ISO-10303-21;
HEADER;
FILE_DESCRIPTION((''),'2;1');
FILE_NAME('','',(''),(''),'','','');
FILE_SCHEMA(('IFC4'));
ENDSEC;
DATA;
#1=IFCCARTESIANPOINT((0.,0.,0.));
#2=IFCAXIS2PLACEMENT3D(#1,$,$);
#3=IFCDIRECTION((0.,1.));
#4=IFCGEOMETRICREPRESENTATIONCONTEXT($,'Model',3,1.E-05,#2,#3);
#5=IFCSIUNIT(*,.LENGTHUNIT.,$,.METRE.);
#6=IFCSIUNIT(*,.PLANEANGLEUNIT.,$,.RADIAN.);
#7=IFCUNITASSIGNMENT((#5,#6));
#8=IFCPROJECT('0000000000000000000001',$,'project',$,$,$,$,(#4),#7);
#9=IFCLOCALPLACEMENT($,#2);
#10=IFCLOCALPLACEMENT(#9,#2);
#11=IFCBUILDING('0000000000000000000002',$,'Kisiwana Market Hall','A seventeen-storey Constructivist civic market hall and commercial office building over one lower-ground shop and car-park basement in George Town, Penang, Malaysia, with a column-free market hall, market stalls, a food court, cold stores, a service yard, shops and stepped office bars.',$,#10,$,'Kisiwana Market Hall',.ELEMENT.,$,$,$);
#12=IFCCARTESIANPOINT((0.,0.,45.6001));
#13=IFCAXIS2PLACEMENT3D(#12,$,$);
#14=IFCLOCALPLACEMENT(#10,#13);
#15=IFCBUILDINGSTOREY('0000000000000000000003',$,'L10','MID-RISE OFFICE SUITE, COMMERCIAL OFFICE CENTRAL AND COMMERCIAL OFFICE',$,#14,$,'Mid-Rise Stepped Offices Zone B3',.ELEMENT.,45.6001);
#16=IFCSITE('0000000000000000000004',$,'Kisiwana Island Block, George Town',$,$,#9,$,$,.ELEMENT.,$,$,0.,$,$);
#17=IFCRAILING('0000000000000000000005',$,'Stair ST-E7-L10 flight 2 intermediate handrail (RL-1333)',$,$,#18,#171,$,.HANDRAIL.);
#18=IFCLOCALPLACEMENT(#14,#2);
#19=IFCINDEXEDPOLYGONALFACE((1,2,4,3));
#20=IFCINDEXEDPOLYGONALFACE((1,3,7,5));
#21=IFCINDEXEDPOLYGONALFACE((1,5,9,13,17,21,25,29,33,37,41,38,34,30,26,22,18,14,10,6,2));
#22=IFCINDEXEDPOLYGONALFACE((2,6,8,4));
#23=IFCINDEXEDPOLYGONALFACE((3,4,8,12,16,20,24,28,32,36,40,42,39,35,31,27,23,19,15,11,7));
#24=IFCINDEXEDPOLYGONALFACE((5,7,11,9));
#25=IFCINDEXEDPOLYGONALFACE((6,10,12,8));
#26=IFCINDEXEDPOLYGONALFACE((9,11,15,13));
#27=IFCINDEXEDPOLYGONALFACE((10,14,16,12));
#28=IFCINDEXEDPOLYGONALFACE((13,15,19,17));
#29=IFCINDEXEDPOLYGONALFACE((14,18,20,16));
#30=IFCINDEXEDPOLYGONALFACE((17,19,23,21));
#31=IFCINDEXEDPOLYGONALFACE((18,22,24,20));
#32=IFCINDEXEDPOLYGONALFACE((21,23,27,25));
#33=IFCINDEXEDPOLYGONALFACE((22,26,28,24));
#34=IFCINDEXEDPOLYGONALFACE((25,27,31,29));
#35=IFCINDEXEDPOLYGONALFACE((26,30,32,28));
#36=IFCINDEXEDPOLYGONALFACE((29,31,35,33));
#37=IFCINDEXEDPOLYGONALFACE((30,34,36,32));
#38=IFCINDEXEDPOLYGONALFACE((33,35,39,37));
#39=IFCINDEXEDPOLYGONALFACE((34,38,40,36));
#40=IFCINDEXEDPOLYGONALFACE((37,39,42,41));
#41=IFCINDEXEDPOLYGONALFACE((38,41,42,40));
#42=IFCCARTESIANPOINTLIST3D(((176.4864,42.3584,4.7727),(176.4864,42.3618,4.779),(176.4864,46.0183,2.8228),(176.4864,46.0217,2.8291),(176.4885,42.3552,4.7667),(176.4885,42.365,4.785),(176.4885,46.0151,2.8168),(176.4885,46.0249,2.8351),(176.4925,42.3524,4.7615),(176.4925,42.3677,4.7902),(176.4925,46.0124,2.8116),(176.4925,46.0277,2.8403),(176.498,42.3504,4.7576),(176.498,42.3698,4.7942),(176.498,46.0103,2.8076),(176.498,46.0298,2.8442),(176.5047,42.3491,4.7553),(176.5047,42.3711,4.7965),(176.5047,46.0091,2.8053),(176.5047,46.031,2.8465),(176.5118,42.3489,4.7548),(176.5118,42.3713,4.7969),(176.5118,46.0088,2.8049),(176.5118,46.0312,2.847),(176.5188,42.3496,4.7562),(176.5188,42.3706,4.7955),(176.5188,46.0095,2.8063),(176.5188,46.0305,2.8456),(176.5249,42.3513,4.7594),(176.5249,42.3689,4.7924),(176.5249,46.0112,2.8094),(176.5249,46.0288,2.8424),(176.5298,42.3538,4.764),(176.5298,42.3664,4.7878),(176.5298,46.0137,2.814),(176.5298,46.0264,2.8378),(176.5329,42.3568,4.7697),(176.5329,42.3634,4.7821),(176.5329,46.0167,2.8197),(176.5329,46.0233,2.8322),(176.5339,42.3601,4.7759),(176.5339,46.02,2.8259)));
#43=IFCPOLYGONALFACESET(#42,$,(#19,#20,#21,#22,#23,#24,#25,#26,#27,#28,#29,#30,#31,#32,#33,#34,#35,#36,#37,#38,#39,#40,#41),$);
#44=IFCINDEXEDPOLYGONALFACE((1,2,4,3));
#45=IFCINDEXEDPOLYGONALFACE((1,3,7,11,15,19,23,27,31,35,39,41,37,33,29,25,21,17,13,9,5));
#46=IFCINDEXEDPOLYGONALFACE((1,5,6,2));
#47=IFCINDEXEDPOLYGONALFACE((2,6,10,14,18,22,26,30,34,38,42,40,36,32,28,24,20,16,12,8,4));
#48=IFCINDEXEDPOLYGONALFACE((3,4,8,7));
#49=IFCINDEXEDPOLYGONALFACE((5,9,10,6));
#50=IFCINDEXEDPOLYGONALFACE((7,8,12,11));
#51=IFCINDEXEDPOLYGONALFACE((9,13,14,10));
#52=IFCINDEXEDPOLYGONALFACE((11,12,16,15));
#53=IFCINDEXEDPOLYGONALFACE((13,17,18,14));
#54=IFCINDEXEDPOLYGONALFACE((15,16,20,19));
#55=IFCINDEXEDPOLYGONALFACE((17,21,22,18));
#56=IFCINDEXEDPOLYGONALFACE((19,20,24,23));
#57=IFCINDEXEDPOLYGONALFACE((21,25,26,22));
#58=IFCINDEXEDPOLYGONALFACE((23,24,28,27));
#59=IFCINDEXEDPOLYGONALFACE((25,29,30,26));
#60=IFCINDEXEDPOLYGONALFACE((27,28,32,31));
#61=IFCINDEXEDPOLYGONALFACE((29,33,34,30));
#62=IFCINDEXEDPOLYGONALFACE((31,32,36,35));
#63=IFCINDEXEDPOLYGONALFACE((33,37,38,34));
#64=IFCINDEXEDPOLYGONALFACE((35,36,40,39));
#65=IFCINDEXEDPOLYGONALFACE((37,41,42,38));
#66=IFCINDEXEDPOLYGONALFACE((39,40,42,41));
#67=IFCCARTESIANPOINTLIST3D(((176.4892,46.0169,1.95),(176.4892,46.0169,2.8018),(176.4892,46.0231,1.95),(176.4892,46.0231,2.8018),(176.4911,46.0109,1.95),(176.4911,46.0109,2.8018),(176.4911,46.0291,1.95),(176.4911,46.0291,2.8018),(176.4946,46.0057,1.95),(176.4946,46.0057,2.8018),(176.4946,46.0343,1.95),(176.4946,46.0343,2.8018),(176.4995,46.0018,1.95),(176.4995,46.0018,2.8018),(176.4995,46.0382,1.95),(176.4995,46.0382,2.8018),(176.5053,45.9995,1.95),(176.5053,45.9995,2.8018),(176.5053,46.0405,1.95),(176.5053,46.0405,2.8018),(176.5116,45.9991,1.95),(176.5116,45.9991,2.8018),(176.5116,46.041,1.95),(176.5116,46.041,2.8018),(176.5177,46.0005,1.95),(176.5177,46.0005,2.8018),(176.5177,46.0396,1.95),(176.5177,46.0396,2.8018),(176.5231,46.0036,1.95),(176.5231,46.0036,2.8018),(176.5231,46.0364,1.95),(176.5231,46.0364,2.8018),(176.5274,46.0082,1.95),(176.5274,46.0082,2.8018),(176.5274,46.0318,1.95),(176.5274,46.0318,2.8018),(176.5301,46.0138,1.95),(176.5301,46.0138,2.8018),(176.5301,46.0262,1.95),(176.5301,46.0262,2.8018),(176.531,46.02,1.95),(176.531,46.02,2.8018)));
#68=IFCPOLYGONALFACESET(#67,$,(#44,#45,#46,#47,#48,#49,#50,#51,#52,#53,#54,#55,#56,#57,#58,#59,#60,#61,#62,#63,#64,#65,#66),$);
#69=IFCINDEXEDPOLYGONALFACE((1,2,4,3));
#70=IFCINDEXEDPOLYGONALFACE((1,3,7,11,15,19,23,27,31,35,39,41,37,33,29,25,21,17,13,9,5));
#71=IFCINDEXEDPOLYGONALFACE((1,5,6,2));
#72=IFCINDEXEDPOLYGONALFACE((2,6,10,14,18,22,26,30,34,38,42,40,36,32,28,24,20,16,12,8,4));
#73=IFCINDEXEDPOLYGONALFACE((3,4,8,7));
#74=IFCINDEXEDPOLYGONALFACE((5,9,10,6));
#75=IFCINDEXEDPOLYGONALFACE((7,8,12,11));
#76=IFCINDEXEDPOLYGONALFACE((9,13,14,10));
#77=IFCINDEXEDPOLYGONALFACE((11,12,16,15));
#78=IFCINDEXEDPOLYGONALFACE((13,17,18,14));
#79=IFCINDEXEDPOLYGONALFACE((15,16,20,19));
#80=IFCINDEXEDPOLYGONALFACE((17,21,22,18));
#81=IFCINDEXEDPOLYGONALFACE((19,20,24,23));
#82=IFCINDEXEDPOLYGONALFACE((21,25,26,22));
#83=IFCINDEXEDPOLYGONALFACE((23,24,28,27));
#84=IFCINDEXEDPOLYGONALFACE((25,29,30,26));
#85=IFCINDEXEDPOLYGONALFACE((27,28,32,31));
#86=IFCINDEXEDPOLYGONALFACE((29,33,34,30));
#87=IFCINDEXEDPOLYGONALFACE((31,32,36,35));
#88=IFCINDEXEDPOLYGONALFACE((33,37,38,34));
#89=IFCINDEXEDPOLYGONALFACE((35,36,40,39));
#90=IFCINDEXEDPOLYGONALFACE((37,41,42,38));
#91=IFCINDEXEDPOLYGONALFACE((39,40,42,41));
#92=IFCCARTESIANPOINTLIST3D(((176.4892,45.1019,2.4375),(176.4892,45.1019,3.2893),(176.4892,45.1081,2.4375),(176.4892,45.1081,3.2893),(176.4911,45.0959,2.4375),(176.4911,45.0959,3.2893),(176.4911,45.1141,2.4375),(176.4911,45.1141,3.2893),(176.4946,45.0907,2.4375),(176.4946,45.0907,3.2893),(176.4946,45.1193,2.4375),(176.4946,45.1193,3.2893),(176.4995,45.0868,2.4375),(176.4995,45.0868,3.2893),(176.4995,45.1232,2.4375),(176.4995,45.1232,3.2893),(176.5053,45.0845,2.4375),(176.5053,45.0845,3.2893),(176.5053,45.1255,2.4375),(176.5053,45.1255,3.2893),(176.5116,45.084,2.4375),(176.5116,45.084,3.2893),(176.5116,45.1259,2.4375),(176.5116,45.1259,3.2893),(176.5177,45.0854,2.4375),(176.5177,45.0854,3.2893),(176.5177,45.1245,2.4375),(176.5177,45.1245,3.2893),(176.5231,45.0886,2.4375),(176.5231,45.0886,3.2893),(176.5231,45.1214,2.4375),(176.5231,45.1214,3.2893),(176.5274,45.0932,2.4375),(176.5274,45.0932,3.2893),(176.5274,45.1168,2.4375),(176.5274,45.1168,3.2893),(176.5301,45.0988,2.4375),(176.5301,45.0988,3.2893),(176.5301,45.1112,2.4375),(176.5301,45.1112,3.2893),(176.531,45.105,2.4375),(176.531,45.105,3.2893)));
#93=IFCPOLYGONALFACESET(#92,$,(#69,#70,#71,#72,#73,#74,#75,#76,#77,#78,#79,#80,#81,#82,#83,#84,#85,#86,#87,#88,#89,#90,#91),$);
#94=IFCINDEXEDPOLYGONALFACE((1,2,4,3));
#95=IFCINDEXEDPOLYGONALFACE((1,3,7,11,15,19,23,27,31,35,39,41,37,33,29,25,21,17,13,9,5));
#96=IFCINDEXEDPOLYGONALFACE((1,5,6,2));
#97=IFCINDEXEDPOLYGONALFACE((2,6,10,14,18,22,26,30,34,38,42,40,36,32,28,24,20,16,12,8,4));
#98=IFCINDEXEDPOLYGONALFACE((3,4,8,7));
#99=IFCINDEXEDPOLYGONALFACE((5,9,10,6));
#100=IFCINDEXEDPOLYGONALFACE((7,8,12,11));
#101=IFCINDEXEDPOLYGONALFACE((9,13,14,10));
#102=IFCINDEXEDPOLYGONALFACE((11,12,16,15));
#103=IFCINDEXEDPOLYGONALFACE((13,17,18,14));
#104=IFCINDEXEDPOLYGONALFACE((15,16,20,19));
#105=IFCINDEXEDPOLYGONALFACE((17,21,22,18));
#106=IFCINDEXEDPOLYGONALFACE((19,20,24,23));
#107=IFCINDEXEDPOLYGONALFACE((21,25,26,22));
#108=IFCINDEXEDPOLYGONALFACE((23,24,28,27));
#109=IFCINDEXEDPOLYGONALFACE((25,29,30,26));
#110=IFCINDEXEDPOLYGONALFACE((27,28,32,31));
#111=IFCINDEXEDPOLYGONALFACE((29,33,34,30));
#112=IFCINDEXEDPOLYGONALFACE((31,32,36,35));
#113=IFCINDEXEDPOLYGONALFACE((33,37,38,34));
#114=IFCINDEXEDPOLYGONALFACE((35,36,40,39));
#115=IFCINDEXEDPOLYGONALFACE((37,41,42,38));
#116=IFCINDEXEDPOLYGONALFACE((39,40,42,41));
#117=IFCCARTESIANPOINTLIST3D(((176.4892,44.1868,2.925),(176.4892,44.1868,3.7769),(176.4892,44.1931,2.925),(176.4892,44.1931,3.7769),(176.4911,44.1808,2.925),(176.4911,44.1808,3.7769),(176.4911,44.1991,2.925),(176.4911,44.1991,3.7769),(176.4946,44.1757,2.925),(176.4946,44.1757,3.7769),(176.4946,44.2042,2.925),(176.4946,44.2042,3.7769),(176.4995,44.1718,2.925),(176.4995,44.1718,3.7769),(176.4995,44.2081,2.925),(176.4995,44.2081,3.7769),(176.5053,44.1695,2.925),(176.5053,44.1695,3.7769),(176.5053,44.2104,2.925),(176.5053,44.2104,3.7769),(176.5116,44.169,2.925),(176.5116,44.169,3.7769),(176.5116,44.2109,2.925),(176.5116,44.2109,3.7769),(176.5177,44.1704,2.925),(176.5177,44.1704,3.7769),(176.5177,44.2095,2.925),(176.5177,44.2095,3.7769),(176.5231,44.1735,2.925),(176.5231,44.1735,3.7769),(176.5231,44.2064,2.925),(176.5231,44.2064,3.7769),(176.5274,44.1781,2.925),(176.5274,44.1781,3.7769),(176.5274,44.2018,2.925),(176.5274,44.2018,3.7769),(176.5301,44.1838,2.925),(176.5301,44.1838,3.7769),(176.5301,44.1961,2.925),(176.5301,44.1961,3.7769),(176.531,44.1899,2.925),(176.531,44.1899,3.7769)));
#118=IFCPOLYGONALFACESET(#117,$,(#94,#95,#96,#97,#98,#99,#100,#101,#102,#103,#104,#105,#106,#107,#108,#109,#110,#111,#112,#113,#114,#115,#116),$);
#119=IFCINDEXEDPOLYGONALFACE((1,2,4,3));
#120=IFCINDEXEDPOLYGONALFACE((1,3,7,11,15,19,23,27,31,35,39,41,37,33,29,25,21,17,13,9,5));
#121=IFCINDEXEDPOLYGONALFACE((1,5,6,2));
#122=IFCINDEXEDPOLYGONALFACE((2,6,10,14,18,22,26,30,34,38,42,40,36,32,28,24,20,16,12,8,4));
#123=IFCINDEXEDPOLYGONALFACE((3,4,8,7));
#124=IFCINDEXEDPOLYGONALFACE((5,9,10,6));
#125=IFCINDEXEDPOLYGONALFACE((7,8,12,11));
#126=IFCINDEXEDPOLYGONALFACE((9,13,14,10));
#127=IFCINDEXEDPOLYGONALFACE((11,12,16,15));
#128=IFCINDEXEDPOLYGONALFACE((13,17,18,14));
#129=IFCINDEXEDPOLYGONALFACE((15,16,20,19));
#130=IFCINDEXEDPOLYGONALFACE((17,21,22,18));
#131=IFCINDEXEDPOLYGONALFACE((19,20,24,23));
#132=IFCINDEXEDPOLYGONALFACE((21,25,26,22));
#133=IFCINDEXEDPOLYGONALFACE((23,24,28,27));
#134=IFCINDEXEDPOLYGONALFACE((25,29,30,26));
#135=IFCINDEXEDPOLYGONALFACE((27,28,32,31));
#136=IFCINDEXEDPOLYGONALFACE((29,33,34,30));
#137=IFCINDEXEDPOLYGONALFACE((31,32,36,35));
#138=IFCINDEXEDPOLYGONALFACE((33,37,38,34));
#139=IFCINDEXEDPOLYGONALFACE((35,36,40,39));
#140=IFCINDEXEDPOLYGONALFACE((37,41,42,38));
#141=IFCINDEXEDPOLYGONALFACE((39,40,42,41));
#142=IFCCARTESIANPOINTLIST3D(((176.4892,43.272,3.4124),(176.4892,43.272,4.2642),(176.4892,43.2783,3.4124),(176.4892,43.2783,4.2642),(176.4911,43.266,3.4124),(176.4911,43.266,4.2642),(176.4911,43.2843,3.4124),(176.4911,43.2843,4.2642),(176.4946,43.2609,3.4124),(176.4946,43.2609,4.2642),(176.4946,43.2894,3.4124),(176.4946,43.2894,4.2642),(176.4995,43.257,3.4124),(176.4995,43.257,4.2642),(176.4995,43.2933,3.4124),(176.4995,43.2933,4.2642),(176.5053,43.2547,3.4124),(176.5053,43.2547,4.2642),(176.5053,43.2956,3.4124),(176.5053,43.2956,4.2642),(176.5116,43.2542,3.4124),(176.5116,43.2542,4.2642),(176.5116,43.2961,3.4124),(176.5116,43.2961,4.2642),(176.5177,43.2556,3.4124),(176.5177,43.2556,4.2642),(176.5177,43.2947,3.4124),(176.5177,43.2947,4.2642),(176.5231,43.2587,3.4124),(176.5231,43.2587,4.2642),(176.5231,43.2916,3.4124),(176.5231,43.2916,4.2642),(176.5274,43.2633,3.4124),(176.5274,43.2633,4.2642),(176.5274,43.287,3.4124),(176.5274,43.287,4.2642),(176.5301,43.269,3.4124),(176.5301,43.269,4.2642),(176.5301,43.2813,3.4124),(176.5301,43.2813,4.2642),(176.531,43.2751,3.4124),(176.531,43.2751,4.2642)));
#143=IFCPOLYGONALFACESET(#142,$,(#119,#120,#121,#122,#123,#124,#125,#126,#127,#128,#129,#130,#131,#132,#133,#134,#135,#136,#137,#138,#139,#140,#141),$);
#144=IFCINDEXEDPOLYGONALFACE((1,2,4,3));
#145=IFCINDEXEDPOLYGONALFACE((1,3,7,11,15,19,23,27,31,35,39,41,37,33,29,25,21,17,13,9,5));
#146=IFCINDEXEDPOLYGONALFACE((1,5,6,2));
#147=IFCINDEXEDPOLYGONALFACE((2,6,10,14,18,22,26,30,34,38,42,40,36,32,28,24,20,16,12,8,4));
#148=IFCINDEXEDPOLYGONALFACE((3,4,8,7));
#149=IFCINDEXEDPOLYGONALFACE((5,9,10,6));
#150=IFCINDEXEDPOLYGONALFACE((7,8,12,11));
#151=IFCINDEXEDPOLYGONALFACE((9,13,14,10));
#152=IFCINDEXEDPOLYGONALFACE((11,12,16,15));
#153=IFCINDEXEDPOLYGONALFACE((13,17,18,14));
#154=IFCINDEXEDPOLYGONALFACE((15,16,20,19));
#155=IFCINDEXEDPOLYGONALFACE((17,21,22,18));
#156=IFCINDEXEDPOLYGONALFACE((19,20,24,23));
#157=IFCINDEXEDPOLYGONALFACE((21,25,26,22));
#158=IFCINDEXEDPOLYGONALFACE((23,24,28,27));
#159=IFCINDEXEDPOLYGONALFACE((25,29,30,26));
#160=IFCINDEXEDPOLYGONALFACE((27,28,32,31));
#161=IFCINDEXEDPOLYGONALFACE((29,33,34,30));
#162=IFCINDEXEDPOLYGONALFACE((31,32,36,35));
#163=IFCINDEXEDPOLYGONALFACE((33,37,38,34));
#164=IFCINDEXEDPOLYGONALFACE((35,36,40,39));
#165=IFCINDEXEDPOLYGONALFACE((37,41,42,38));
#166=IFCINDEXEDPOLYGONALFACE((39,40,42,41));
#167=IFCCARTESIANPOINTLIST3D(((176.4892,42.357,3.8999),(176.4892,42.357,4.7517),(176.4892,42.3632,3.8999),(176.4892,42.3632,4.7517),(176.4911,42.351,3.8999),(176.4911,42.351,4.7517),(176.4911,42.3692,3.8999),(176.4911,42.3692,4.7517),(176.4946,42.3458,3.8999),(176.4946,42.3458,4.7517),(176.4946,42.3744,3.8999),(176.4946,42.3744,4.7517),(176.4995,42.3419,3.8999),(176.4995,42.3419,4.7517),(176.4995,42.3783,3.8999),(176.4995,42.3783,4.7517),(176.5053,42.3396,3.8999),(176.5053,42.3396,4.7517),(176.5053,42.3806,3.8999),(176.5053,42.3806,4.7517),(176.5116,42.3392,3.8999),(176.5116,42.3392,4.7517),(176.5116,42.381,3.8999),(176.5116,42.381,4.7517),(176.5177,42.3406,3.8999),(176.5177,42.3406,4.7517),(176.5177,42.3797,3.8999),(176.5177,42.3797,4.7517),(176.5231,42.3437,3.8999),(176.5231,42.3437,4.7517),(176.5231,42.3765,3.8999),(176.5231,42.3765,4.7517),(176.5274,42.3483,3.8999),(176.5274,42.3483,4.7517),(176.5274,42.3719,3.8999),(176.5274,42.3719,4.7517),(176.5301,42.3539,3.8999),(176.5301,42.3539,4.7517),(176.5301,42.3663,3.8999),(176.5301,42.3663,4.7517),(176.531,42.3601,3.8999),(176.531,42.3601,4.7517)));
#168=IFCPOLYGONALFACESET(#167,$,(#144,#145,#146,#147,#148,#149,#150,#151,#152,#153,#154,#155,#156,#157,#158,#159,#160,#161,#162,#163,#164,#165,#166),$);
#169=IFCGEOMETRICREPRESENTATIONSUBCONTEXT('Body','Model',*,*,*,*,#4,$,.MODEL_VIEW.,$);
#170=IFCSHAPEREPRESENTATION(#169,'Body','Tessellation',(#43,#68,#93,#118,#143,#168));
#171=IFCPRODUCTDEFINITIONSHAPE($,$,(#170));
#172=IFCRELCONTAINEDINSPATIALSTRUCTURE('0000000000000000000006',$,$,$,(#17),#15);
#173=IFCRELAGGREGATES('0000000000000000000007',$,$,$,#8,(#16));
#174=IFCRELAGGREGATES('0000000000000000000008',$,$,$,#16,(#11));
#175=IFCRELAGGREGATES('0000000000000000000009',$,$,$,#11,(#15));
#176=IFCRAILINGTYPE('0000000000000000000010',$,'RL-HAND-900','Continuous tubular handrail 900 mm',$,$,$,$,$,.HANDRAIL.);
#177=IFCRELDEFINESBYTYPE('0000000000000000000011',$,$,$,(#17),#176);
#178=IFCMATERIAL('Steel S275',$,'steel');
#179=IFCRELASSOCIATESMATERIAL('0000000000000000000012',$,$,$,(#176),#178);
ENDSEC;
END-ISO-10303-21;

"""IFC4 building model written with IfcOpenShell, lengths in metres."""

from ifc_helpers import new_model, si_unit, direction, frame, origin, origin_2d, place, context, subcontext, project, spatial, circle, extrude, material, type_object, element, save


model = new_model("IFC4")

# Units and contexts
model_context = context("Model", 3, precision=1e-05, world=origin(), true_north=direction((0.0, 1.0)))
body_context = subcontext(model_context, "Body", "Model", "MODEL_VIEW")
ifc_project = project(units=[si_unit("LENGTHUNIT", "METRE"), si_unit("PLANEANGLEUNIT", "RADIAN")], contexts=[model_context])

# Site, building, storey
site_placement = place(None, origin())
site = spatial("IfcSite", under=ifc_project, at=site_placement, Name="Kisiwana Island Block, George Town", CompositionType="ELEMENT", RefElevation=0.0)
building_placement = place(site_placement, origin())
building = spatial("IfcBuilding", under=site, at=building_placement, Name="Kisiwana Market Hall", Description="A seventeen-storey Constructivist civic market hall and commercial office building over one lower-ground shop and car-park basement in George Town, Penang, Malaysia, with a column-free market hall, market stalls, a food court, cold stores, a service yard, shops and stepped office bars.", LongName="Kisiwana Market Hall", CompositionType="ELEMENT")
storey_placement = place(building_placement, frame((0.0, 0.0, 45.6001)))
storey = spatial("IfcBuildingStorey", under=building, at=storey_placement, Name="L10", Description="MID-RISE OFFICE SUITE, COMMERCIAL OFFICE CENTRAL AND COMMERCIAL OFFICE", LongName="Mid-Rise Stepped Offices Zone B3", CompositionType="ELEMENT", Elevation=45.6001)

# Railing
ifc_material_1 = material(Name="Steel S275", Category="steel")
railing_type_1 = type_object("IfcRailingType", Name="RL-HAND-900", Description="Continuous tubular handrail 900 mm", PredefinedType="HANDRAIL", material=ifc_material_1)
railing_1_placement = place(storey_placement, frame((176.51, 46.02, 1.95)))
element("IfcRailing", 1, at=railing_1_placement, inside=storey, type_object=railing_type_1, Name="Stair ST-E7-L10 flight 2 intermediate handrail (RL-1333)", PredefinedType="HANDRAIL", context=body_context, shape_type="SweptSolid", body=[
    extrude(circle(Radius=0.0239, at=origin_2d()), frame((0.0, 0.0, 0.876), z_axis=(0.0, -0.882553, 0.470212), x_axis=(1.0, 0.0, 0.0)), (0.0, 0.0, 1.0), 4.147),
    extrude(circle(Radius=0.021, at=origin_2d()), origin(), (0.0, 0.0, 1.0), 0.8518),
    extrude(circle(Radius=0.021, at=origin_2d()), frame((0.0, -0.915, 0.4875)), (0.0, 0.0, 1.0), 0.8518),
    extrude(circle(Radius=0.021, at=origin_2d()), frame((0.0, -1.8301, 0.9751)), (0.0, 0.0, 1.0), 0.8518),
    extrude(circle(Radius=0.021, at=origin_2d()), frame((0.0, -2.7449, 1.4624)), (0.0, 0.0, 1.0), 0.8518),
    extrude(circle(Radius=0.021, at=origin_2d()), frame((0.0, -3.6599, 1.95)), (0.0, 0.0, 1.0), 0.8518),
])

save(model, "model.ifc")
